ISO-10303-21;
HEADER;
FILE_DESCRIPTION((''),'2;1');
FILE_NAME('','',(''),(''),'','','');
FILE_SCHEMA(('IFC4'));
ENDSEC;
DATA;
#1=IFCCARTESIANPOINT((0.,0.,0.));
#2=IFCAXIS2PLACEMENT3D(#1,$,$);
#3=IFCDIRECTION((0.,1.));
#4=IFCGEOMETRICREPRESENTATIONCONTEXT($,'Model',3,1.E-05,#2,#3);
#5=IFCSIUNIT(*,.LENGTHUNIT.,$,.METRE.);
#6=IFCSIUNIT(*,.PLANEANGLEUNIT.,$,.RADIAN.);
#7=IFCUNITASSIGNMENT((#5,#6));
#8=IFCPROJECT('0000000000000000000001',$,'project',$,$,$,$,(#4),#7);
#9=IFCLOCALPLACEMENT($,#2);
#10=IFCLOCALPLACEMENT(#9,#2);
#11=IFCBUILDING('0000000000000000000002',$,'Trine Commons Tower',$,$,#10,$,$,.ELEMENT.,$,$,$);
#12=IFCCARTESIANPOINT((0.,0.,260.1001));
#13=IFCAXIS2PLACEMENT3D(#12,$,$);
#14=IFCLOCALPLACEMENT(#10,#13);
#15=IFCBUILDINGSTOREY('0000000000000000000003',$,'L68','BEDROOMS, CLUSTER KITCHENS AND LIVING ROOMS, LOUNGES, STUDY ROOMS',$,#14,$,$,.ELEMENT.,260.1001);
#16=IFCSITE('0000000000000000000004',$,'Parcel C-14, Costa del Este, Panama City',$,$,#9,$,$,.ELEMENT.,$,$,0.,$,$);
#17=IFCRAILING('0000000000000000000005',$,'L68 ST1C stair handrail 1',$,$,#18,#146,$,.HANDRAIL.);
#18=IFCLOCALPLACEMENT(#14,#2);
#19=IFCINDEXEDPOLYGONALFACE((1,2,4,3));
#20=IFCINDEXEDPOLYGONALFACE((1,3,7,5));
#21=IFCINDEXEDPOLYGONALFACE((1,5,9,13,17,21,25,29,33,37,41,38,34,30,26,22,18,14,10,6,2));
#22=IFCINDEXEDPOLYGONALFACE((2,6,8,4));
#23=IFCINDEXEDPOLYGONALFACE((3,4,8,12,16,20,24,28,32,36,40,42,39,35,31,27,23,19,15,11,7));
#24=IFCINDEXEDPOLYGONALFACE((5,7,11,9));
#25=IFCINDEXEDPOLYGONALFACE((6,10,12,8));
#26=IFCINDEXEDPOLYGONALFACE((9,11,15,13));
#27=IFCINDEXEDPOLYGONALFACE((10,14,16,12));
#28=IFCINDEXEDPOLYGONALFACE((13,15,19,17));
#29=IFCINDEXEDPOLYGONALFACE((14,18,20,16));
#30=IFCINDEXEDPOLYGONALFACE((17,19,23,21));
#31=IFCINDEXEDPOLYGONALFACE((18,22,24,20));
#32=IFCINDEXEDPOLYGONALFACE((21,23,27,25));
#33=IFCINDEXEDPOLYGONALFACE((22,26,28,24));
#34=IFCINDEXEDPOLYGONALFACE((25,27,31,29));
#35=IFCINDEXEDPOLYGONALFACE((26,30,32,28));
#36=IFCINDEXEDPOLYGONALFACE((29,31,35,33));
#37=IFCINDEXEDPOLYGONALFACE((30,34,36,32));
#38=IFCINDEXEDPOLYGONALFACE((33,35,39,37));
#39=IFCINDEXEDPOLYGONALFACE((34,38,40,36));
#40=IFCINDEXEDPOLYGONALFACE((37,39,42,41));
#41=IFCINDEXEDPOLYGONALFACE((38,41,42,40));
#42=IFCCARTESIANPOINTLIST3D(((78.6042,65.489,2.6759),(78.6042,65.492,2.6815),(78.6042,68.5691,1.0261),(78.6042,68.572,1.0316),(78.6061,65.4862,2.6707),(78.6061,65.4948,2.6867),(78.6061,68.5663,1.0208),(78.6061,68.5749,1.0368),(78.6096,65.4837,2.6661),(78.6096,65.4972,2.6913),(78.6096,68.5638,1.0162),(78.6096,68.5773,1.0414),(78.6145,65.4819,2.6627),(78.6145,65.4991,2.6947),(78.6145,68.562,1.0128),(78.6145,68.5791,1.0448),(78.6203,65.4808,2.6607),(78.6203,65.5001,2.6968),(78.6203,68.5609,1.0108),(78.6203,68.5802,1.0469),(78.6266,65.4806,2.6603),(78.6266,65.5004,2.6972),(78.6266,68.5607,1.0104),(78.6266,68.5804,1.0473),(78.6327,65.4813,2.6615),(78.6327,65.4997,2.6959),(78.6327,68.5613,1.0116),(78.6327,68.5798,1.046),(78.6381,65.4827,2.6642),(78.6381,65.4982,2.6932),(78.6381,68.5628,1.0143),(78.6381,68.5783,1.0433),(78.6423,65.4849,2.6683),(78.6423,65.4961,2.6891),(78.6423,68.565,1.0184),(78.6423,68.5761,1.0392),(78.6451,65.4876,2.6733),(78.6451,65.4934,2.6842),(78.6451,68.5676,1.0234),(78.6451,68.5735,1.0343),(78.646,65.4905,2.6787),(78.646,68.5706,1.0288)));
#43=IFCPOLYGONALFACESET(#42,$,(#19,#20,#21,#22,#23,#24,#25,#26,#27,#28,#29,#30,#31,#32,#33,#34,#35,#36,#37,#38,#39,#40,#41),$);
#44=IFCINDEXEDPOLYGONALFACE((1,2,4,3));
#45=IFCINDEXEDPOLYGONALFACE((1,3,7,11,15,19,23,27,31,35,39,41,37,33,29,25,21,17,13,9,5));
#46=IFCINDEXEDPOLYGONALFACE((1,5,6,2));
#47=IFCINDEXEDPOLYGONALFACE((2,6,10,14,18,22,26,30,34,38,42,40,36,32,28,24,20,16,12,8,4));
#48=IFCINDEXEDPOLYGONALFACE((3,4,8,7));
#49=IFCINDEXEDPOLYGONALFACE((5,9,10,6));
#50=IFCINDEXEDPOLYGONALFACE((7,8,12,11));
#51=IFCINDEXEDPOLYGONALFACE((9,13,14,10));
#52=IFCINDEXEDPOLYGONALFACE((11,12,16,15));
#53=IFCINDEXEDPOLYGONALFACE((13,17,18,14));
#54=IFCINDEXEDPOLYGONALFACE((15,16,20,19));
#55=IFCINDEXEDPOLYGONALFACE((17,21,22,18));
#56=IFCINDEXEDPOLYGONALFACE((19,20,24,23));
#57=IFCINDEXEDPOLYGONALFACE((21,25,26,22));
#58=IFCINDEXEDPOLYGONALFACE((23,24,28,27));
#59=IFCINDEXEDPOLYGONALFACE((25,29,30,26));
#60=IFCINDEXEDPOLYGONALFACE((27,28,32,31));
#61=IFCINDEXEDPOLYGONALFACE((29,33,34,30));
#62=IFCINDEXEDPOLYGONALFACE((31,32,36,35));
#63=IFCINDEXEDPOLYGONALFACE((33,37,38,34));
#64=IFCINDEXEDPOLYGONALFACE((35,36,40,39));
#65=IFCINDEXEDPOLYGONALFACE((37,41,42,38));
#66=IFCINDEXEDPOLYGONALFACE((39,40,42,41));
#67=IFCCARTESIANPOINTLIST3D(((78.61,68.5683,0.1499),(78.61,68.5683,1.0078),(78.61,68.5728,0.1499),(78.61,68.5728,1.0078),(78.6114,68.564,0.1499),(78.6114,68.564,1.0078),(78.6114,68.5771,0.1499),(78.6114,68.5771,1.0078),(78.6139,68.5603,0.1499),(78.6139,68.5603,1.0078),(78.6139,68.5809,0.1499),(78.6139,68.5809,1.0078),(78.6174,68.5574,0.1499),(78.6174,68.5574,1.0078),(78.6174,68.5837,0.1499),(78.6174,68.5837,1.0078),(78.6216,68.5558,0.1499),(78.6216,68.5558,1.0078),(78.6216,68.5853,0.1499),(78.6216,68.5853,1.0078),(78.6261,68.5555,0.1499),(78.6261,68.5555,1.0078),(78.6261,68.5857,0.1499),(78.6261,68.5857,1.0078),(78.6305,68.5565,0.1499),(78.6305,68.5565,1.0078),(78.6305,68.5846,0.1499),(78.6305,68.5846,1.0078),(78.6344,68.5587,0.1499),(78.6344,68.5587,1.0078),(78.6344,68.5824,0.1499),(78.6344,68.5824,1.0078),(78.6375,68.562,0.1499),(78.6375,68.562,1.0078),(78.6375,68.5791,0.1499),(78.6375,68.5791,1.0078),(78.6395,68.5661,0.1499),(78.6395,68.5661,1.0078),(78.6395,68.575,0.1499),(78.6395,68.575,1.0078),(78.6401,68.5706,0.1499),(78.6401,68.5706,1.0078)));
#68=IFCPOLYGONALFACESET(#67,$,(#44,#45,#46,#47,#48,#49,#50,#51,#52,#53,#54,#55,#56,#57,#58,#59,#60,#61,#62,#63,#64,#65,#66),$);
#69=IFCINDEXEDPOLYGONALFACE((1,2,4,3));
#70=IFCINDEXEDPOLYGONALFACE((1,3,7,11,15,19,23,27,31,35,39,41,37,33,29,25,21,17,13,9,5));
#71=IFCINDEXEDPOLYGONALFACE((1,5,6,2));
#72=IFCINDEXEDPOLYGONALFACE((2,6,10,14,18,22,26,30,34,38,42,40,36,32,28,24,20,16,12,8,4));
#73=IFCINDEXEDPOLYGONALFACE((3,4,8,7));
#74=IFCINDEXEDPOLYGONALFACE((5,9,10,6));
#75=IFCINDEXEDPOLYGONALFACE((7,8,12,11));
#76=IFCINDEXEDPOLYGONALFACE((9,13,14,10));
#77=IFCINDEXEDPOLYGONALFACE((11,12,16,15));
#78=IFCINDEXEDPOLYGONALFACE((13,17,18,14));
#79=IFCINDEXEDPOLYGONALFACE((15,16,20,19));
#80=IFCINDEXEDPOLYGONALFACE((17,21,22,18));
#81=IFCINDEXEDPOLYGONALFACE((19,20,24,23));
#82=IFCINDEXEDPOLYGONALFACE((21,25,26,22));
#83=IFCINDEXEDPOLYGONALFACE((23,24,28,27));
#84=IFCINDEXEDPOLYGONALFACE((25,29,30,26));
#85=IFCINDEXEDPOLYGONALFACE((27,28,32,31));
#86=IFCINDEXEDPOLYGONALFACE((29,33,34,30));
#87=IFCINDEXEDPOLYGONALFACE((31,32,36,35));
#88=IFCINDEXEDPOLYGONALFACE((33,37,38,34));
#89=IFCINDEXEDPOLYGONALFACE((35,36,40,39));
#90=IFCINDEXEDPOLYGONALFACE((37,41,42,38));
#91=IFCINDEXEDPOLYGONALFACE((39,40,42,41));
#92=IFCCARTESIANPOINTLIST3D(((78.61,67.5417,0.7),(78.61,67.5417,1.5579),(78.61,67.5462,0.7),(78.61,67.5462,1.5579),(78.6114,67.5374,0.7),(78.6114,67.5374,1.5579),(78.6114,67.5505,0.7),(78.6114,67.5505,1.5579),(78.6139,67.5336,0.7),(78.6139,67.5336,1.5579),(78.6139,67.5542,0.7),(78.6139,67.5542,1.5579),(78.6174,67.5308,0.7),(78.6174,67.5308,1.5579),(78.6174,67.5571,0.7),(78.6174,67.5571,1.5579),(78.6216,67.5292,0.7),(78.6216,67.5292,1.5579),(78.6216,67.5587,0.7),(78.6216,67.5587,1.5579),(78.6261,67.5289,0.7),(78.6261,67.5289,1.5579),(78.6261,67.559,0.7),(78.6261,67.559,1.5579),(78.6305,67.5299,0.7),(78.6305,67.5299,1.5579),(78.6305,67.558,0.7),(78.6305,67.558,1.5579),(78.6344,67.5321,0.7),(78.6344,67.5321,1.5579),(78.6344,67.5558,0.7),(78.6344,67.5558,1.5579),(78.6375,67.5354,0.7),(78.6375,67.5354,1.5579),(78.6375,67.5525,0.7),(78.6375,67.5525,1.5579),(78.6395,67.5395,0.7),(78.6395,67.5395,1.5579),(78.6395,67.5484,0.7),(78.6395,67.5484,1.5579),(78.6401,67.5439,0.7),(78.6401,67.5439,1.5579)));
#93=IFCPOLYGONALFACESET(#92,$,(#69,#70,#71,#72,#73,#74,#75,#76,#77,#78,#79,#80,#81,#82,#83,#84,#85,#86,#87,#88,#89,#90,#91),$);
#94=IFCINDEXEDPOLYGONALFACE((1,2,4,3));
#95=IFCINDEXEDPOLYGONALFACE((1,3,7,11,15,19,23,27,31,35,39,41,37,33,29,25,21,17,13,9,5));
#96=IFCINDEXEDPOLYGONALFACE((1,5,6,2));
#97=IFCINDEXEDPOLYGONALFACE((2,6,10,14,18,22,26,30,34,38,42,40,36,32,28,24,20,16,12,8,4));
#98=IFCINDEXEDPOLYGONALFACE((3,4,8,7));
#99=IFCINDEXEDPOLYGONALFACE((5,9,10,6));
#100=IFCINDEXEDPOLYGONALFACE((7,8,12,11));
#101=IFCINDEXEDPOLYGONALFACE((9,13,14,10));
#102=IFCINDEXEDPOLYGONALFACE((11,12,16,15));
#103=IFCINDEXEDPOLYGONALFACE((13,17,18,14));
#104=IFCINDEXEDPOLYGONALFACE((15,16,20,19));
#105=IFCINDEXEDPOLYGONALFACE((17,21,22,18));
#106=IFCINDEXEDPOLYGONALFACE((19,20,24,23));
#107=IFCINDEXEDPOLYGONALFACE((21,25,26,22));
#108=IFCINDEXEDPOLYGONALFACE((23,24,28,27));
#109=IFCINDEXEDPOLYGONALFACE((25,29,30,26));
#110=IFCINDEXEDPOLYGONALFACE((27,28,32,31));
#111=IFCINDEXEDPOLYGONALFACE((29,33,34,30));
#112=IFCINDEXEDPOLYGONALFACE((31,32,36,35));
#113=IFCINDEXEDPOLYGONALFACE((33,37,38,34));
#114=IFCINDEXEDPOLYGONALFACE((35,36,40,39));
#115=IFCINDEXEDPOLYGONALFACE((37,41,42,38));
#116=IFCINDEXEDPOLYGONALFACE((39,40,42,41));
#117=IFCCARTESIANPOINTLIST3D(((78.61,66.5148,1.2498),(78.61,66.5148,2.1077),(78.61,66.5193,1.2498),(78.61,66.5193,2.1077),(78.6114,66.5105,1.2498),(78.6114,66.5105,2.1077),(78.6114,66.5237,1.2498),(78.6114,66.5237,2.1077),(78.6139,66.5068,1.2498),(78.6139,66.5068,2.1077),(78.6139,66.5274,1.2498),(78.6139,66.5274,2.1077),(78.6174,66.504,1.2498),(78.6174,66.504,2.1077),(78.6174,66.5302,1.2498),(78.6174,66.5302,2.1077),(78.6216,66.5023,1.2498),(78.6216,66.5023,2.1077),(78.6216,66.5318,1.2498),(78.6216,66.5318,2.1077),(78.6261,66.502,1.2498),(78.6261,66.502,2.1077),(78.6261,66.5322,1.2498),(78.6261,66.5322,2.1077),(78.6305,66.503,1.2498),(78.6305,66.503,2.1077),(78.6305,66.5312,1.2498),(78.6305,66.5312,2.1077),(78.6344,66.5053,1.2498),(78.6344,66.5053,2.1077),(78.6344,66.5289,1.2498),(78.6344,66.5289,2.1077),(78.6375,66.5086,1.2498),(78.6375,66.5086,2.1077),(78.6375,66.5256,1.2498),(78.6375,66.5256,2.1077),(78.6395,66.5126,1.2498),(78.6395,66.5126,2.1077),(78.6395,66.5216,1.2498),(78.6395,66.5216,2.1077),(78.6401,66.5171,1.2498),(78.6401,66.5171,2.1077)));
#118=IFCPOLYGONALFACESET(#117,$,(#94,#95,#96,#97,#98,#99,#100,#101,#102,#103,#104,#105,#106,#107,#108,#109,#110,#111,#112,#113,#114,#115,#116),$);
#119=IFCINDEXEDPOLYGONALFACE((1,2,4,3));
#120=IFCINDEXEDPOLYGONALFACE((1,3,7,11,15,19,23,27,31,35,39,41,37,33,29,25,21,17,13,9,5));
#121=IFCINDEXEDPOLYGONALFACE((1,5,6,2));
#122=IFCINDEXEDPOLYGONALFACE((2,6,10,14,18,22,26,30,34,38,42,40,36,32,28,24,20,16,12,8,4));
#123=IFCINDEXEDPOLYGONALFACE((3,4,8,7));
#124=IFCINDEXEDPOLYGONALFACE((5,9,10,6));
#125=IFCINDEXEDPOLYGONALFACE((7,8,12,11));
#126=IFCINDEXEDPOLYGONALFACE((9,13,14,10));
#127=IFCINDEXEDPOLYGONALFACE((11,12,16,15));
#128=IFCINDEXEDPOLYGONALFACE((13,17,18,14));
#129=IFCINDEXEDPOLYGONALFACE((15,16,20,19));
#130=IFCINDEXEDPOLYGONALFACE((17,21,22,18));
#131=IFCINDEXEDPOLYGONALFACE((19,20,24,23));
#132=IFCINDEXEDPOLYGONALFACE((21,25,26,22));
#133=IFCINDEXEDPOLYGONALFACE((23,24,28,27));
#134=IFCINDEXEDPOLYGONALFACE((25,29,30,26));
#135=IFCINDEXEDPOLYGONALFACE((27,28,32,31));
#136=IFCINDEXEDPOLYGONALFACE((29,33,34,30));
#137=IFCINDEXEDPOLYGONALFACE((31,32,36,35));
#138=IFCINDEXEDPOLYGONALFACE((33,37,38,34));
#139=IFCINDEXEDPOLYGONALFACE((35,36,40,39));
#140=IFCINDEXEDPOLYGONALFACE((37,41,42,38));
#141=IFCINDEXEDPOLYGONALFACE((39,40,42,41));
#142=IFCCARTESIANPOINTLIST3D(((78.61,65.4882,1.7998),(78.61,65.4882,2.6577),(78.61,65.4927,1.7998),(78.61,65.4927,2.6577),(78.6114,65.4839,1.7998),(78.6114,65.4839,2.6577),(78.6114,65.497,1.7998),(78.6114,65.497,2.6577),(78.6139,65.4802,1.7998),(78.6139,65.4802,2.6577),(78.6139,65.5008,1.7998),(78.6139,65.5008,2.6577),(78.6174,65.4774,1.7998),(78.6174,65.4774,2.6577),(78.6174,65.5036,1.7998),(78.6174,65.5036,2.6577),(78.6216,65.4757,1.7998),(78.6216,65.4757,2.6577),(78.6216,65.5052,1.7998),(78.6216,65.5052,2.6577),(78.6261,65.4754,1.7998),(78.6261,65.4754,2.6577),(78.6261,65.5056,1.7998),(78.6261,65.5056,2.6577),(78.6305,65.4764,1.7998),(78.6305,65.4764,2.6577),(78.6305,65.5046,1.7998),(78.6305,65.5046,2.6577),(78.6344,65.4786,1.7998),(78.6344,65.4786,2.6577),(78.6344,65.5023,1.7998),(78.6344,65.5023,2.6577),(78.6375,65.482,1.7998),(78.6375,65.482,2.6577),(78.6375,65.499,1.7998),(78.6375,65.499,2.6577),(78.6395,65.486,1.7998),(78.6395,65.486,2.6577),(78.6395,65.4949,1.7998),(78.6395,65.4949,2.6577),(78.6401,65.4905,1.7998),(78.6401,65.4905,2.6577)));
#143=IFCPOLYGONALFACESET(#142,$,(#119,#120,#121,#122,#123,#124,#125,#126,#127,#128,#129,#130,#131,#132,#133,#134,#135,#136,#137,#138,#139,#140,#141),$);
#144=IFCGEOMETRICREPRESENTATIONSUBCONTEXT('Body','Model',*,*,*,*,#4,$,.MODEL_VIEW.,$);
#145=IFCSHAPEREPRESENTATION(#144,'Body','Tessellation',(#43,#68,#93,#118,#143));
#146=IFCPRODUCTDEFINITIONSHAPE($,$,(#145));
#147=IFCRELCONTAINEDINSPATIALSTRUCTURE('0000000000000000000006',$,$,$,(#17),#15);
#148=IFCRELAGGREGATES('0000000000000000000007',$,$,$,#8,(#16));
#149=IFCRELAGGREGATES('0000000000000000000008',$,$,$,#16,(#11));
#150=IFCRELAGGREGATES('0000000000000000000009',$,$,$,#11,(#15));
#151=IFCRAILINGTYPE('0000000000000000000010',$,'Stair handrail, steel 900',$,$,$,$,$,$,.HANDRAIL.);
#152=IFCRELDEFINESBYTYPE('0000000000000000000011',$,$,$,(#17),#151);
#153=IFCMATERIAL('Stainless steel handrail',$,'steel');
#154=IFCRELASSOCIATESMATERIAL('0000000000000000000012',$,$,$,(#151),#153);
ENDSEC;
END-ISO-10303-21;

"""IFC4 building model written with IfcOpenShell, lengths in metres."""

from ifc_helpers import new_model, si_unit, direction, frame, origin, origin_2d, place, context, subcontext, project, spatial, circle, extrude, material, type_object, element, save


model = new_model("IFC4")

# Units and contexts
model_context = context("Model", 3, precision=1e-05, world=origin(), true_north=direction((0.0, 1.0)))
body_context = subcontext(model_context, "Body", "Model", "MODEL_VIEW")
ifc_project = project(units=[si_unit("LENGTHUNIT", "METRE"), si_unit("PLANEANGLEUNIT", "RADIAN")], contexts=[model_context])

# Site, building, storey
site_placement = place(None, origin())
site = spatial("IfcSite", under=ifc_project, at=site_placement, Name="Parcel C-14, Costa del Este, Panama City", CompositionType="ELEMENT", RefElevation=0.0)
building_placement = place(site_placement, origin())
building = spatial("IfcBuilding", under=site, at=building_placement, Name="Trine Commons Tower", CompositionType="ELEMENT")
storey_placement = place(building_placement, frame((0.0, 0.0, 260.1001)))
storey = spatial("IfcBuildingStorey", under=building, at=storey_placement, Name="L68", Description="BEDROOMS, CLUSTER KITCHENS AND LIVING ROOMS, LOUNGES, STUDY ROOMS", CompositionType="ELEMENT", Elevation=260.1001)

# Railing
ifc_material_1 = material(Name="Stainless steel handrail", Category="steel")
railing_type = type_object("IfcRailingType", Name="Stair handrail, steel 900", PredefinedType="HANDRAIL", material=ifc_material_1)
railing_placement = place(storey_placement, frame((78.625, 68.5706, 0.1499)))
element("IfcRailing", 1, at=railing_placement, inside=storey, type_object=railing_type, Name="L68 ST1C stair handrail 1", PredefinedType="HANDRAIL", context=body_context, shape_type="SweptSolid", body=[
    extrude(circle(Radius=0.021, at=origin_2d()), frame((0.0, 0.0, 0.8789), z_axis=(0.0, -0.881497, 0.47219), x_axis=(1.0, 0.0, 0.0)), (0.0, 0.0, 1.0), 3.4941),
    extrude(circle(Radius=0.0151, at=origin_2d()), origin(), (0.0, 0.0, 1.0), 0.8579),
    extrude(circle(Radius=0.0151, at=origin_2d()), frame((0.0, -1.0266, 0.55)), (0.0, 0.0, 1.0), 0.8579),
    extrude(circle(Radius=0.0151, at=origin_2d()), frame((0.0, -2.0535, 1.0999)), (0.0, 0.0, 1.0), 0.8579),
    extrude(circle(Radius=0.0151, at=origin_2d()), frame((0.0, -3.0801, 1.6499)), (0.0, 0.0, 1.0), 0.8579),
])

save(model, "model.ifc")
